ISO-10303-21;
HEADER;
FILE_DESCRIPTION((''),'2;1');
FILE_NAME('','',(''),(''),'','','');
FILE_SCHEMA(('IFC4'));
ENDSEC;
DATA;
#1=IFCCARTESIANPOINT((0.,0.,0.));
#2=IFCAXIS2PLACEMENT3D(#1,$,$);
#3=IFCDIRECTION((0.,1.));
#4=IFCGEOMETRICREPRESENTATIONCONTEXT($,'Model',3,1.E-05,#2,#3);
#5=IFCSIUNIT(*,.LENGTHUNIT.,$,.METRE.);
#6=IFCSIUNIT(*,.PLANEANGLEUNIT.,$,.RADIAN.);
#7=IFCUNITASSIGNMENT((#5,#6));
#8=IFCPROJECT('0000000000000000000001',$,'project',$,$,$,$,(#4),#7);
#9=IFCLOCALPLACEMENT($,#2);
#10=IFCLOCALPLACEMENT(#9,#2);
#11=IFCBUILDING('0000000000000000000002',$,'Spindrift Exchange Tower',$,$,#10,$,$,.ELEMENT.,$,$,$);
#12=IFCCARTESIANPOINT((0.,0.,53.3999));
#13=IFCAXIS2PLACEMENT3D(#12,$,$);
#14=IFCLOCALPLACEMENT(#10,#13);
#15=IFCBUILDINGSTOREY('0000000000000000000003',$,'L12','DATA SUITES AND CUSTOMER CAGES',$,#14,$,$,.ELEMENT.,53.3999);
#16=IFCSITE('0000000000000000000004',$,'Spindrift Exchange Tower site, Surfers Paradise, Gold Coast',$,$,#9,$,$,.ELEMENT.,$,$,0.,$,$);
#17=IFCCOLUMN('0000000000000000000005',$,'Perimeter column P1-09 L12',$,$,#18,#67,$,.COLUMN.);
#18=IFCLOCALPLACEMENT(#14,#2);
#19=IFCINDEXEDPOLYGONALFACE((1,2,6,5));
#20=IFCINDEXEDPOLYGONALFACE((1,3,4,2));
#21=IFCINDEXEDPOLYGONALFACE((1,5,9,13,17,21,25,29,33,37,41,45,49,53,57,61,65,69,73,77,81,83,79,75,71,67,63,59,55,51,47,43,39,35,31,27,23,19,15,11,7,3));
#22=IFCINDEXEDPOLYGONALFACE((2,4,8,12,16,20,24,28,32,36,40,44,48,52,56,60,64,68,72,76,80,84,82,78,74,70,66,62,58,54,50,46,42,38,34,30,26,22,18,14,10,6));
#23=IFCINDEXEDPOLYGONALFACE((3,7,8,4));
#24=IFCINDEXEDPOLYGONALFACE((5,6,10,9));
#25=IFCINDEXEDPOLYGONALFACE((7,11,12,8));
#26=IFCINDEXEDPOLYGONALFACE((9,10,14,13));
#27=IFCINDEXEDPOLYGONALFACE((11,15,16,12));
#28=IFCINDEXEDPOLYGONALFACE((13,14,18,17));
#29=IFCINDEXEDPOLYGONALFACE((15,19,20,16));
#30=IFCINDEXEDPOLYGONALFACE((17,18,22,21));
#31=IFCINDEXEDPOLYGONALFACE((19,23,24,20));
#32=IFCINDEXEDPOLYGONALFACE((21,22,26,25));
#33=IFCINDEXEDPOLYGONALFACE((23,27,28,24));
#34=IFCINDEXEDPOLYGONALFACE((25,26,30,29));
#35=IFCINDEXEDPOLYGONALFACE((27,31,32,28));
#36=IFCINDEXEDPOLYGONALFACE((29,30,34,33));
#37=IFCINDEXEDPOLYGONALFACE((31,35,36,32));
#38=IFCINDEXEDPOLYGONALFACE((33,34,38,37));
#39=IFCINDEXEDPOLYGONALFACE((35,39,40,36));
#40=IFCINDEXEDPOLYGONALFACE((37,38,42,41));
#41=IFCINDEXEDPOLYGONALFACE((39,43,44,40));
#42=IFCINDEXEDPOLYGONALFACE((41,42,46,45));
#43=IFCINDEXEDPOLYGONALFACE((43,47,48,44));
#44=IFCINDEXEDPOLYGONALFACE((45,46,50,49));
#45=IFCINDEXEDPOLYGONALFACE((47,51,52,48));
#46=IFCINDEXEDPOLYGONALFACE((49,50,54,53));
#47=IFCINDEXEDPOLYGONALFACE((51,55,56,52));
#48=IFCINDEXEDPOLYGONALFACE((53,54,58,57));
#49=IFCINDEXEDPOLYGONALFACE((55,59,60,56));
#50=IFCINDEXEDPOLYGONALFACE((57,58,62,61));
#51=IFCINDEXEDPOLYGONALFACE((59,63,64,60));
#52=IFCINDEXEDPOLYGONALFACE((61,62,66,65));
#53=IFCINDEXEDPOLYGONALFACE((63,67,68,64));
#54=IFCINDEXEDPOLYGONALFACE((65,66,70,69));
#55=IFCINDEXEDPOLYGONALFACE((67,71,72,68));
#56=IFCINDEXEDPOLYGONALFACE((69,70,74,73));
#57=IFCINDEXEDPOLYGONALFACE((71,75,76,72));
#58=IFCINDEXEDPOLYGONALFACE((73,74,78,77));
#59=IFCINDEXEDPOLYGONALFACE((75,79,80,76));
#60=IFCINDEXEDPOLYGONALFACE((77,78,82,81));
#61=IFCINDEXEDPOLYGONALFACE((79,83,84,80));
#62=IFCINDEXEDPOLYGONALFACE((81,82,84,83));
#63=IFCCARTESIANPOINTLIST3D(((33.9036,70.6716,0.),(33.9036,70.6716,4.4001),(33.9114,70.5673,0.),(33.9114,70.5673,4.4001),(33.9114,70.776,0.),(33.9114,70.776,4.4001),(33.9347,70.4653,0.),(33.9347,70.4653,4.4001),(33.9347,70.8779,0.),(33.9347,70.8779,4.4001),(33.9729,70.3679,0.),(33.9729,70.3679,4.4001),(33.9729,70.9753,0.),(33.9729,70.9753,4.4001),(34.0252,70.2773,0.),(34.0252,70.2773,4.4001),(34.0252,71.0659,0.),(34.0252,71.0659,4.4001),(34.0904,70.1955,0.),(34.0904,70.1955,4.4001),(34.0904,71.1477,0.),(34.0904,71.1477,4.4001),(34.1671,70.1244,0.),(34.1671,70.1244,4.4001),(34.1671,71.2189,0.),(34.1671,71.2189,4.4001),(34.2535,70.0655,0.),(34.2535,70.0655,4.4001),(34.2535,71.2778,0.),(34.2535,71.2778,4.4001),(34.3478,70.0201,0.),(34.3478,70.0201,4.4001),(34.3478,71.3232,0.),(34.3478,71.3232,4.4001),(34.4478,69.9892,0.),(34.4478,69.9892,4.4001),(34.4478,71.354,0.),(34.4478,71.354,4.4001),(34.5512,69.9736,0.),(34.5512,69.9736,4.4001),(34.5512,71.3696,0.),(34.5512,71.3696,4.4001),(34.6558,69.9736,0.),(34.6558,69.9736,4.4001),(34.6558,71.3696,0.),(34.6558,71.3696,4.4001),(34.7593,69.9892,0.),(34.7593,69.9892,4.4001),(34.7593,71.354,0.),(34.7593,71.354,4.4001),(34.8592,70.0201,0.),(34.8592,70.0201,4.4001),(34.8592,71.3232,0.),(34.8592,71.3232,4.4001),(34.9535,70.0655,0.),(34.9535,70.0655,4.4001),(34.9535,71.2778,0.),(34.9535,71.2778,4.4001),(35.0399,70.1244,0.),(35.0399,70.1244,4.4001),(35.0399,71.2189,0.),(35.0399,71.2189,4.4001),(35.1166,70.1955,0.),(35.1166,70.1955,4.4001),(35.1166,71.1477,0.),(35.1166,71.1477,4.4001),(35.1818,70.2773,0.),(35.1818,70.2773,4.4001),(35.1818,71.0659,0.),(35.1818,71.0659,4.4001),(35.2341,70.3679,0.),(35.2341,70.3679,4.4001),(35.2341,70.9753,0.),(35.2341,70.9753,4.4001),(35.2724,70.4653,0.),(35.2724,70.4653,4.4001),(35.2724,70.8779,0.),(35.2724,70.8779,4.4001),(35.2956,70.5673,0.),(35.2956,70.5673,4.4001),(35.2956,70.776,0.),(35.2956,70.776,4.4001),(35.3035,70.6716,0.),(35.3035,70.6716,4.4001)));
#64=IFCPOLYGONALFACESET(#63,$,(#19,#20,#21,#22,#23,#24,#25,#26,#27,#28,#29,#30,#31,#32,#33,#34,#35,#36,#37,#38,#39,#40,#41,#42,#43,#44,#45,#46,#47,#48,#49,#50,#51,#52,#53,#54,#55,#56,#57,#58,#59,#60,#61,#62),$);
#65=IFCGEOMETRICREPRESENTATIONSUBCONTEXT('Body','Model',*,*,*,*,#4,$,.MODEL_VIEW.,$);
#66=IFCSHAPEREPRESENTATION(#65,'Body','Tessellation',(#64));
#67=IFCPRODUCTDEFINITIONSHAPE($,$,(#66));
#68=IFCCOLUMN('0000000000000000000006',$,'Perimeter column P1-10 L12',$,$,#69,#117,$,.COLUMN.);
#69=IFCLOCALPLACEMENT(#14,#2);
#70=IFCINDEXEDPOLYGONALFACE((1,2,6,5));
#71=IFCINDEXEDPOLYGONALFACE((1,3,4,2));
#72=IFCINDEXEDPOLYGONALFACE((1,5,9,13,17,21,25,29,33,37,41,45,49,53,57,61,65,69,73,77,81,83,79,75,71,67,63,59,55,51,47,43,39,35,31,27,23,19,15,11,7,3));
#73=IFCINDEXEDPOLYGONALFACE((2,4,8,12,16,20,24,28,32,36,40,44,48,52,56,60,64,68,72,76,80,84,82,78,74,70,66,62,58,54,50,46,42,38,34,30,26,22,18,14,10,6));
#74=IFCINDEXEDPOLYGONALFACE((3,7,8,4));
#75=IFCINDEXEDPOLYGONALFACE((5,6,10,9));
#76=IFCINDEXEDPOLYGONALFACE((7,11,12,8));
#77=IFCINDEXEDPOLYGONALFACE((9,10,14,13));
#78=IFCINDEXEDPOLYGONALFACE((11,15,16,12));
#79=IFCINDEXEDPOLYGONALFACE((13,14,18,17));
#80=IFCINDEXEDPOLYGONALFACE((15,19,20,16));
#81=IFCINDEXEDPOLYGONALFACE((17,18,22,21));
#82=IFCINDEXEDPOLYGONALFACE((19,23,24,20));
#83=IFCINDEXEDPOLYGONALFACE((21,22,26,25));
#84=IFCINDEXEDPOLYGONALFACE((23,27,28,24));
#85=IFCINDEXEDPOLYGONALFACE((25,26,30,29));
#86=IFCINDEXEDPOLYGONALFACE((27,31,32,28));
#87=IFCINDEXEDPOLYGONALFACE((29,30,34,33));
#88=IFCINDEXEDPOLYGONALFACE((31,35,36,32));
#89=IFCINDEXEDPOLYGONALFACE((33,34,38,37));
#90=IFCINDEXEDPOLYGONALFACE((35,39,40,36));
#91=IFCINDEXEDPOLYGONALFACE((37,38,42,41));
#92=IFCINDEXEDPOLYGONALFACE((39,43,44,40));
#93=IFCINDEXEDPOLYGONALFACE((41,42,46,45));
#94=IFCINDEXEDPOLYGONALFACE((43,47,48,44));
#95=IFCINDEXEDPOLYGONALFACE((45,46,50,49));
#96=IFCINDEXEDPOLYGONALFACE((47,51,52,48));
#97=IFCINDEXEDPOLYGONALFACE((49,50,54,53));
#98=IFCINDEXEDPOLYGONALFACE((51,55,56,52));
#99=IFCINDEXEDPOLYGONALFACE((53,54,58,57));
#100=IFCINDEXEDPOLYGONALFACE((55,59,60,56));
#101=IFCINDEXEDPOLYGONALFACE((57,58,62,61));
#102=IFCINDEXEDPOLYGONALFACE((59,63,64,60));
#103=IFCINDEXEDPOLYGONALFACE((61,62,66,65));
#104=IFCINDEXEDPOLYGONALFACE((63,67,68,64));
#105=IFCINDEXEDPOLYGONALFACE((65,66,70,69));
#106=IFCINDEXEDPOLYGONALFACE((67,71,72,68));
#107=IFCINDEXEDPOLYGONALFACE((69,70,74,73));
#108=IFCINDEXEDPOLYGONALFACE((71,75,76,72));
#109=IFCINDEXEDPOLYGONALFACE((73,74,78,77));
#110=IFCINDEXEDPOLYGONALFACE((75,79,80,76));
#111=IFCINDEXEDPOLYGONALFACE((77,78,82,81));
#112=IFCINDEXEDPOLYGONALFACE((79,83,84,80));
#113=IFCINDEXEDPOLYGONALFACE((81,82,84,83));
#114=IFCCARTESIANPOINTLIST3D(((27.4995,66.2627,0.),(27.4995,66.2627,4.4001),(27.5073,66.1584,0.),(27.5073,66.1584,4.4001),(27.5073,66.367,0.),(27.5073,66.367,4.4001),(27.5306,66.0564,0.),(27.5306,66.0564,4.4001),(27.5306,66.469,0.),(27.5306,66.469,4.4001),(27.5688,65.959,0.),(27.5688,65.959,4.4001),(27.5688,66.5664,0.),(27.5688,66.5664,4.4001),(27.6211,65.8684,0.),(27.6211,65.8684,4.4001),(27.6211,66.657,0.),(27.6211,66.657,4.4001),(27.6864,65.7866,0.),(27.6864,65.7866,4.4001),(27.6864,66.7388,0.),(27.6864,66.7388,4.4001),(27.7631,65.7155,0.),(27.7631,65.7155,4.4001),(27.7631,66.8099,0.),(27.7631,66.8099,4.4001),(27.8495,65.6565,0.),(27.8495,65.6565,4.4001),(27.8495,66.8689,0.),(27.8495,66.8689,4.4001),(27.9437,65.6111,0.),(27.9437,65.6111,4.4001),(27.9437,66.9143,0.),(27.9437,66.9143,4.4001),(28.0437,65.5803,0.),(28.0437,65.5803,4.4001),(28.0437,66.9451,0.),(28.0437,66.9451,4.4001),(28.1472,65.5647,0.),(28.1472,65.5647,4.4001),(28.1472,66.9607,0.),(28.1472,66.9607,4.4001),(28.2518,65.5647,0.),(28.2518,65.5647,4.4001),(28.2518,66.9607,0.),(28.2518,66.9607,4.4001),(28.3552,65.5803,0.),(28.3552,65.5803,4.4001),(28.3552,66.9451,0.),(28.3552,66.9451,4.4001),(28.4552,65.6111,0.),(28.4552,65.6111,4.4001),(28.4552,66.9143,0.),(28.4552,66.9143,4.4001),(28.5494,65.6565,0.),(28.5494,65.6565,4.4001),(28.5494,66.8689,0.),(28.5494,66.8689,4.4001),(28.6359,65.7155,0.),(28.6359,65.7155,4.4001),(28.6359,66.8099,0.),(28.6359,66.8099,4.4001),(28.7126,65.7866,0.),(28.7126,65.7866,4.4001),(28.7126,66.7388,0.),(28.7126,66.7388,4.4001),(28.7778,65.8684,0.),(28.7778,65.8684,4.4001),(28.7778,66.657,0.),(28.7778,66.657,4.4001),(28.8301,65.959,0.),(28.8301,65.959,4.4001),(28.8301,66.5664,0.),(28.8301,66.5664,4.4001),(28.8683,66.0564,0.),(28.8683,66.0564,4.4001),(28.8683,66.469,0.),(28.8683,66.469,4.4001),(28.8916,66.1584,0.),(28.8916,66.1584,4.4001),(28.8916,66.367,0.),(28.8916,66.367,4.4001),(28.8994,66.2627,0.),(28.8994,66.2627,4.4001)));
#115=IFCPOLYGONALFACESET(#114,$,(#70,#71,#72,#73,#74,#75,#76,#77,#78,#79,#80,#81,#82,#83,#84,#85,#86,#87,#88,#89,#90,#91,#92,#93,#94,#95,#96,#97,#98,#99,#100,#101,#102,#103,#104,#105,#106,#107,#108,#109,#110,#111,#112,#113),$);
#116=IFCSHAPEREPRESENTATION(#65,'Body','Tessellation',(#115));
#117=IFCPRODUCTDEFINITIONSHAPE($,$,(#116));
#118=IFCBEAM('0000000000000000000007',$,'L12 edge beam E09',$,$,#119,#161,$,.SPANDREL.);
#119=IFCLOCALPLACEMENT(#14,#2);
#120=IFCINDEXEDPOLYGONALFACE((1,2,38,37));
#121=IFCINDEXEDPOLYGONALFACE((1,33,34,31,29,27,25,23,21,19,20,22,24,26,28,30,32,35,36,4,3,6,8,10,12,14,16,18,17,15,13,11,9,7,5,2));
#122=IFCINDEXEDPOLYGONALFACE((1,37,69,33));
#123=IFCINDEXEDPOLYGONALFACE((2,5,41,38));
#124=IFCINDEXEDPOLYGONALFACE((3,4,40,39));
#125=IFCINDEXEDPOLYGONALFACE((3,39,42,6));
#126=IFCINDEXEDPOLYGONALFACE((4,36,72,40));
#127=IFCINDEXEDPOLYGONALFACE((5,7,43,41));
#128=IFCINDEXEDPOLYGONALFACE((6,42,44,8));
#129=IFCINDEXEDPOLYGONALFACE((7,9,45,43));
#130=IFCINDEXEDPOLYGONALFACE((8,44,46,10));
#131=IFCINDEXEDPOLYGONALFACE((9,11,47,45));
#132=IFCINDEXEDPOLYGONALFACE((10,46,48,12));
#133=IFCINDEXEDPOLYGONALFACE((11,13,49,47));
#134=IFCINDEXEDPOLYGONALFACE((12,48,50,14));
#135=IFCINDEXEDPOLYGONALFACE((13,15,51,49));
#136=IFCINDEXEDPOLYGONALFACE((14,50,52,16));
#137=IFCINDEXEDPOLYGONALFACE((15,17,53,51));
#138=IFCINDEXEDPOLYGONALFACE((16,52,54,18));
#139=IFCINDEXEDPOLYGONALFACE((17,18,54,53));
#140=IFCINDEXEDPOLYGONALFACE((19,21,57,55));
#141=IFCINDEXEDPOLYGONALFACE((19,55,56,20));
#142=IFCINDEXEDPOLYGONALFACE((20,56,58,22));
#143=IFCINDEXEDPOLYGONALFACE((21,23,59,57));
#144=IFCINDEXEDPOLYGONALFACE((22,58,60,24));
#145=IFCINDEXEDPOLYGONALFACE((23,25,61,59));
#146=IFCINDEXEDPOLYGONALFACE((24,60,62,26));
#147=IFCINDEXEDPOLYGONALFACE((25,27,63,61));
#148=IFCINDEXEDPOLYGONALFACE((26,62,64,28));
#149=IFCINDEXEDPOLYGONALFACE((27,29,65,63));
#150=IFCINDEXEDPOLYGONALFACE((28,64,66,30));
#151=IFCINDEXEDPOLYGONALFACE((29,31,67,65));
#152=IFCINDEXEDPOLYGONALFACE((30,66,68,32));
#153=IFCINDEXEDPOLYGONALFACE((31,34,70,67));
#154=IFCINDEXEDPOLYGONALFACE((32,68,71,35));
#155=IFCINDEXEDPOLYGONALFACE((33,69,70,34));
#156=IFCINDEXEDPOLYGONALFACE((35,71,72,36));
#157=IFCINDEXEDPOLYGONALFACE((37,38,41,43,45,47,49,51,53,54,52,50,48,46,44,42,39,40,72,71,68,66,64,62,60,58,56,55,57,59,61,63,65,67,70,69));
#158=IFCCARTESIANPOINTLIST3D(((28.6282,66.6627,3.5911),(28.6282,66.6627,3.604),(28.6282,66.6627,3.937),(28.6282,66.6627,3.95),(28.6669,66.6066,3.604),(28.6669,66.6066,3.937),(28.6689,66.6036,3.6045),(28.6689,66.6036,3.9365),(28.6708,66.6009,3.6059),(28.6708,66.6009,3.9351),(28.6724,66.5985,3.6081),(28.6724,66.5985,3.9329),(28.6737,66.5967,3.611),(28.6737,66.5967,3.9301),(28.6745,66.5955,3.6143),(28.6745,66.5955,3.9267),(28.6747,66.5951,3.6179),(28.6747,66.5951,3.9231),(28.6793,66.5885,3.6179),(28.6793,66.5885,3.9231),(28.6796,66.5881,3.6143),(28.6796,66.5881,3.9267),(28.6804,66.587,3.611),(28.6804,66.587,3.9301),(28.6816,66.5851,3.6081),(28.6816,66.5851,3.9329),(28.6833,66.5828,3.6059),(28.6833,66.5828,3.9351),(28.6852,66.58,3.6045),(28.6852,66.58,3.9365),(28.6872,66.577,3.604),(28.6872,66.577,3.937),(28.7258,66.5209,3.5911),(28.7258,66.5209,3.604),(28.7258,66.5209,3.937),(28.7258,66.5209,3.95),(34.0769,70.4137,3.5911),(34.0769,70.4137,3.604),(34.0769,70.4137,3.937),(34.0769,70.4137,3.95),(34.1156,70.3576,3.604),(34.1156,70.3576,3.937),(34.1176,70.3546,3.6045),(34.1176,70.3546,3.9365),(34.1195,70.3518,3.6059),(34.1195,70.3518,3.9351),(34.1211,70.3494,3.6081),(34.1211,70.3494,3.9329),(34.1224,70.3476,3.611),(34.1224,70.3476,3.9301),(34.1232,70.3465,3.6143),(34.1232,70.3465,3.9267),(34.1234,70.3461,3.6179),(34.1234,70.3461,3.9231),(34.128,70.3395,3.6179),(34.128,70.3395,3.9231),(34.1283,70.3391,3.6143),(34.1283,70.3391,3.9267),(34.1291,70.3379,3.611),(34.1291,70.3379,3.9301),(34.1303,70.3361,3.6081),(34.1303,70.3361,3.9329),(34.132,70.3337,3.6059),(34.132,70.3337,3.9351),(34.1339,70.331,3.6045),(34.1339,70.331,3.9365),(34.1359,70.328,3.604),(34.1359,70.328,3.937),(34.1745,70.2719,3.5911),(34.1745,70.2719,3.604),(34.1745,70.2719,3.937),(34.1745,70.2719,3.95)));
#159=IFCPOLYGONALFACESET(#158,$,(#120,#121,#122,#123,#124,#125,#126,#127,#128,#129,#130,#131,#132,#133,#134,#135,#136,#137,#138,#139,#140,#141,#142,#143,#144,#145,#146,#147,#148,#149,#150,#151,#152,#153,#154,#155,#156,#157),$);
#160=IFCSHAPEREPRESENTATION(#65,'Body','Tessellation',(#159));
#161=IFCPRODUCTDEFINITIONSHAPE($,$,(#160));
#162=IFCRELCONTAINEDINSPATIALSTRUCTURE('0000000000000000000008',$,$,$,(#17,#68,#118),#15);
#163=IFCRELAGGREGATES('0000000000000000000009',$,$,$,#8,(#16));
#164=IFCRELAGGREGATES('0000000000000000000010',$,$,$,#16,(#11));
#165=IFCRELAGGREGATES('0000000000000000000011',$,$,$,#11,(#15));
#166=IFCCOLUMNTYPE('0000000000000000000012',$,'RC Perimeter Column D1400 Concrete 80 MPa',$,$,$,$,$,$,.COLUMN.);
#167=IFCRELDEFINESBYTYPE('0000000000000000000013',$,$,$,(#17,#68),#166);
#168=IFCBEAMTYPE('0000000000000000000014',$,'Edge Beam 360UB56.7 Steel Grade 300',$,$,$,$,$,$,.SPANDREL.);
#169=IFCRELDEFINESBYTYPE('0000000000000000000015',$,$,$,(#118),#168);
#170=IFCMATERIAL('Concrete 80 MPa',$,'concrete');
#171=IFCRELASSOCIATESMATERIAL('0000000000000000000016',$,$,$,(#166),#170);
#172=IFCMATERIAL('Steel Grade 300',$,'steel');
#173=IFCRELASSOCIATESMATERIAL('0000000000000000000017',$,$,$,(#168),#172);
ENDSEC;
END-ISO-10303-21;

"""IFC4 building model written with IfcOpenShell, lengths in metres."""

from ifc_helpers import new_model, si_unit, direction, frame, origin, origin_2d, place, context, subcontext, project, spatial, circle, i_section, extrude, source, transform, mapped, material, material_profile, profile_set, type_object, element, save


model = new_model("IFC4")

# Units and contexts
model_context = context("Model", 3, precision=1e-05, world=origin(), true_north=direction((0.0, 1.0)))
body_context = subcontext(model_context, "Body", "Model", "MODEL_VIEW")
ifc_project = project(units=[si_unit("LENGTHUNIT", "METRE"), si_unit("PLANEANGLEUNIT", "RADIAN")], contexts=[model_context])

# Site, building, storey
site_placement = place(None, origin())
site = spatial("IfcSite", under=ifc_project, at=site_placement, Name="Spindrift Exchange Tower site, Surfers Paradise, Gold Coast", CompositionType="ELEMENT", RefElevation=0.0)
building_placement = place(site_placement, origin())
building = spatial("IfcBuilding", under=site, at=building_placement, Name="Spindrift Exchange Tower", CompositionType="ELEMENT")
storey_placement = place(building_placement, frame((0.0, 0.0, 53.3999)))
storey = spatial("IfcBuildingStorey", under=building, at=storey_placement, Name="L12", Description="DATA SUITES AND CUSTOMER CAGES", CompositionType="ELEMENT", Elevation=53.3999)

# Columns
ifc_material_1 = material(Name="Concrete 80 MPa", Category="concrete")
ifc_material_profile_1 = material_profile(ifc_material_1, circle(Radius=0.7, at=origin_2d()), Name="RC D1400")
ifc_profile_set_1 = profile_set([ifc_material_profile_1], Name="Concrete 80 MPa")
column_type = type_object("IfcColumnType", Name="RC Perimeter Column D1400 Concrete 80 MPa", PredefinedType="COLUMN", material=ifc_profile_set_1)
shared_shape_1 = source(origin(), body_context, "Body", "SweptSolid", [
    extrude(circle(Radius=0.7, at=origin_2d()), origin(), (0.0, 0.0, 1.0), 4.4001),
])
for number, where, z_axis, x_axis, name in (
    (1, (34.6035, 70.6716, 0.0), (0.0, 0.0, 1.0), (1.0, 0.0, 0.0), "Perimeter column P1-09 L12"),
    (2, (28.1995, 66.2627, 0.0), (0.0, 0.0, 1.0), (1.0, 0.0, 0.0), "Perimeter column P1-10 L12"),
):
    element("IfcColumn", number, at=place(storey_placement, frame(where, z_axis=z_axis, x_axis=x_axis)), inside=storey, type_object=column_type, Name=name, PredefinedType="COLUMN", context=body_context, shape_type="MappedRepresentation", body=[
        mapped(shared_shape_1, transform((0.0, 0.0, 0.0), scale=1.0)),
    ])

# Beam
ifc_material_2 = material(Name="Steel Grade 300", Category="steel")
ifc_material_profile_2 = material_profile(ifc_material_2, i_section(OverallWidth=0.1721, OverallDepth=0.3589, WebThickness=0.0081, FlangeThickness=0.0129, FilletRadius=0.0139, at=origin_2d()), Name="360UB56.7")
ifc_profile_set_2 = profile_set([ifc_material_profile_2], Name="Steel Grade 300")
beam_type_1 = type_object("IfcBeamType", Name="Edge Beam 360UB56.7 Steel Grade 300", PredefinedType="SPANDREL", material=ifc_profile_set_2)
shared_shape_2 = source(origin(), body_context, "Body", "SweptSolid", [
    extrude(i_section(OverallWidth=0.1721, OverallDepth=0.3589, WebThickness=0.0081, FlangeThickness=0.0129, FilletRadius=0.0139, at=origin_2d()), origin(), (0.0, 0.0, 1.0), 6.615),
])
beam_1_placement = place(storey_placement, frame((34.1257, 70.3428, 3.7705), z_axis=(-0.823691, -0.567039, 0.0), x_axis=(0.567039, -0.823691, 0.0)))
element("IfcBeam", 3, at=beam_1_placement, inside=storey, type_object=beam_type_1, Name="L12 edge beam E09", PredefinedType="SPANDREL", context=body_context, shape_type="MappedRepresentation", body=[
    mapped(shared_shape_2, transform((0.0, 0.0, 0.0), scale=1.0)),
])

save(model, "model.ifc")
